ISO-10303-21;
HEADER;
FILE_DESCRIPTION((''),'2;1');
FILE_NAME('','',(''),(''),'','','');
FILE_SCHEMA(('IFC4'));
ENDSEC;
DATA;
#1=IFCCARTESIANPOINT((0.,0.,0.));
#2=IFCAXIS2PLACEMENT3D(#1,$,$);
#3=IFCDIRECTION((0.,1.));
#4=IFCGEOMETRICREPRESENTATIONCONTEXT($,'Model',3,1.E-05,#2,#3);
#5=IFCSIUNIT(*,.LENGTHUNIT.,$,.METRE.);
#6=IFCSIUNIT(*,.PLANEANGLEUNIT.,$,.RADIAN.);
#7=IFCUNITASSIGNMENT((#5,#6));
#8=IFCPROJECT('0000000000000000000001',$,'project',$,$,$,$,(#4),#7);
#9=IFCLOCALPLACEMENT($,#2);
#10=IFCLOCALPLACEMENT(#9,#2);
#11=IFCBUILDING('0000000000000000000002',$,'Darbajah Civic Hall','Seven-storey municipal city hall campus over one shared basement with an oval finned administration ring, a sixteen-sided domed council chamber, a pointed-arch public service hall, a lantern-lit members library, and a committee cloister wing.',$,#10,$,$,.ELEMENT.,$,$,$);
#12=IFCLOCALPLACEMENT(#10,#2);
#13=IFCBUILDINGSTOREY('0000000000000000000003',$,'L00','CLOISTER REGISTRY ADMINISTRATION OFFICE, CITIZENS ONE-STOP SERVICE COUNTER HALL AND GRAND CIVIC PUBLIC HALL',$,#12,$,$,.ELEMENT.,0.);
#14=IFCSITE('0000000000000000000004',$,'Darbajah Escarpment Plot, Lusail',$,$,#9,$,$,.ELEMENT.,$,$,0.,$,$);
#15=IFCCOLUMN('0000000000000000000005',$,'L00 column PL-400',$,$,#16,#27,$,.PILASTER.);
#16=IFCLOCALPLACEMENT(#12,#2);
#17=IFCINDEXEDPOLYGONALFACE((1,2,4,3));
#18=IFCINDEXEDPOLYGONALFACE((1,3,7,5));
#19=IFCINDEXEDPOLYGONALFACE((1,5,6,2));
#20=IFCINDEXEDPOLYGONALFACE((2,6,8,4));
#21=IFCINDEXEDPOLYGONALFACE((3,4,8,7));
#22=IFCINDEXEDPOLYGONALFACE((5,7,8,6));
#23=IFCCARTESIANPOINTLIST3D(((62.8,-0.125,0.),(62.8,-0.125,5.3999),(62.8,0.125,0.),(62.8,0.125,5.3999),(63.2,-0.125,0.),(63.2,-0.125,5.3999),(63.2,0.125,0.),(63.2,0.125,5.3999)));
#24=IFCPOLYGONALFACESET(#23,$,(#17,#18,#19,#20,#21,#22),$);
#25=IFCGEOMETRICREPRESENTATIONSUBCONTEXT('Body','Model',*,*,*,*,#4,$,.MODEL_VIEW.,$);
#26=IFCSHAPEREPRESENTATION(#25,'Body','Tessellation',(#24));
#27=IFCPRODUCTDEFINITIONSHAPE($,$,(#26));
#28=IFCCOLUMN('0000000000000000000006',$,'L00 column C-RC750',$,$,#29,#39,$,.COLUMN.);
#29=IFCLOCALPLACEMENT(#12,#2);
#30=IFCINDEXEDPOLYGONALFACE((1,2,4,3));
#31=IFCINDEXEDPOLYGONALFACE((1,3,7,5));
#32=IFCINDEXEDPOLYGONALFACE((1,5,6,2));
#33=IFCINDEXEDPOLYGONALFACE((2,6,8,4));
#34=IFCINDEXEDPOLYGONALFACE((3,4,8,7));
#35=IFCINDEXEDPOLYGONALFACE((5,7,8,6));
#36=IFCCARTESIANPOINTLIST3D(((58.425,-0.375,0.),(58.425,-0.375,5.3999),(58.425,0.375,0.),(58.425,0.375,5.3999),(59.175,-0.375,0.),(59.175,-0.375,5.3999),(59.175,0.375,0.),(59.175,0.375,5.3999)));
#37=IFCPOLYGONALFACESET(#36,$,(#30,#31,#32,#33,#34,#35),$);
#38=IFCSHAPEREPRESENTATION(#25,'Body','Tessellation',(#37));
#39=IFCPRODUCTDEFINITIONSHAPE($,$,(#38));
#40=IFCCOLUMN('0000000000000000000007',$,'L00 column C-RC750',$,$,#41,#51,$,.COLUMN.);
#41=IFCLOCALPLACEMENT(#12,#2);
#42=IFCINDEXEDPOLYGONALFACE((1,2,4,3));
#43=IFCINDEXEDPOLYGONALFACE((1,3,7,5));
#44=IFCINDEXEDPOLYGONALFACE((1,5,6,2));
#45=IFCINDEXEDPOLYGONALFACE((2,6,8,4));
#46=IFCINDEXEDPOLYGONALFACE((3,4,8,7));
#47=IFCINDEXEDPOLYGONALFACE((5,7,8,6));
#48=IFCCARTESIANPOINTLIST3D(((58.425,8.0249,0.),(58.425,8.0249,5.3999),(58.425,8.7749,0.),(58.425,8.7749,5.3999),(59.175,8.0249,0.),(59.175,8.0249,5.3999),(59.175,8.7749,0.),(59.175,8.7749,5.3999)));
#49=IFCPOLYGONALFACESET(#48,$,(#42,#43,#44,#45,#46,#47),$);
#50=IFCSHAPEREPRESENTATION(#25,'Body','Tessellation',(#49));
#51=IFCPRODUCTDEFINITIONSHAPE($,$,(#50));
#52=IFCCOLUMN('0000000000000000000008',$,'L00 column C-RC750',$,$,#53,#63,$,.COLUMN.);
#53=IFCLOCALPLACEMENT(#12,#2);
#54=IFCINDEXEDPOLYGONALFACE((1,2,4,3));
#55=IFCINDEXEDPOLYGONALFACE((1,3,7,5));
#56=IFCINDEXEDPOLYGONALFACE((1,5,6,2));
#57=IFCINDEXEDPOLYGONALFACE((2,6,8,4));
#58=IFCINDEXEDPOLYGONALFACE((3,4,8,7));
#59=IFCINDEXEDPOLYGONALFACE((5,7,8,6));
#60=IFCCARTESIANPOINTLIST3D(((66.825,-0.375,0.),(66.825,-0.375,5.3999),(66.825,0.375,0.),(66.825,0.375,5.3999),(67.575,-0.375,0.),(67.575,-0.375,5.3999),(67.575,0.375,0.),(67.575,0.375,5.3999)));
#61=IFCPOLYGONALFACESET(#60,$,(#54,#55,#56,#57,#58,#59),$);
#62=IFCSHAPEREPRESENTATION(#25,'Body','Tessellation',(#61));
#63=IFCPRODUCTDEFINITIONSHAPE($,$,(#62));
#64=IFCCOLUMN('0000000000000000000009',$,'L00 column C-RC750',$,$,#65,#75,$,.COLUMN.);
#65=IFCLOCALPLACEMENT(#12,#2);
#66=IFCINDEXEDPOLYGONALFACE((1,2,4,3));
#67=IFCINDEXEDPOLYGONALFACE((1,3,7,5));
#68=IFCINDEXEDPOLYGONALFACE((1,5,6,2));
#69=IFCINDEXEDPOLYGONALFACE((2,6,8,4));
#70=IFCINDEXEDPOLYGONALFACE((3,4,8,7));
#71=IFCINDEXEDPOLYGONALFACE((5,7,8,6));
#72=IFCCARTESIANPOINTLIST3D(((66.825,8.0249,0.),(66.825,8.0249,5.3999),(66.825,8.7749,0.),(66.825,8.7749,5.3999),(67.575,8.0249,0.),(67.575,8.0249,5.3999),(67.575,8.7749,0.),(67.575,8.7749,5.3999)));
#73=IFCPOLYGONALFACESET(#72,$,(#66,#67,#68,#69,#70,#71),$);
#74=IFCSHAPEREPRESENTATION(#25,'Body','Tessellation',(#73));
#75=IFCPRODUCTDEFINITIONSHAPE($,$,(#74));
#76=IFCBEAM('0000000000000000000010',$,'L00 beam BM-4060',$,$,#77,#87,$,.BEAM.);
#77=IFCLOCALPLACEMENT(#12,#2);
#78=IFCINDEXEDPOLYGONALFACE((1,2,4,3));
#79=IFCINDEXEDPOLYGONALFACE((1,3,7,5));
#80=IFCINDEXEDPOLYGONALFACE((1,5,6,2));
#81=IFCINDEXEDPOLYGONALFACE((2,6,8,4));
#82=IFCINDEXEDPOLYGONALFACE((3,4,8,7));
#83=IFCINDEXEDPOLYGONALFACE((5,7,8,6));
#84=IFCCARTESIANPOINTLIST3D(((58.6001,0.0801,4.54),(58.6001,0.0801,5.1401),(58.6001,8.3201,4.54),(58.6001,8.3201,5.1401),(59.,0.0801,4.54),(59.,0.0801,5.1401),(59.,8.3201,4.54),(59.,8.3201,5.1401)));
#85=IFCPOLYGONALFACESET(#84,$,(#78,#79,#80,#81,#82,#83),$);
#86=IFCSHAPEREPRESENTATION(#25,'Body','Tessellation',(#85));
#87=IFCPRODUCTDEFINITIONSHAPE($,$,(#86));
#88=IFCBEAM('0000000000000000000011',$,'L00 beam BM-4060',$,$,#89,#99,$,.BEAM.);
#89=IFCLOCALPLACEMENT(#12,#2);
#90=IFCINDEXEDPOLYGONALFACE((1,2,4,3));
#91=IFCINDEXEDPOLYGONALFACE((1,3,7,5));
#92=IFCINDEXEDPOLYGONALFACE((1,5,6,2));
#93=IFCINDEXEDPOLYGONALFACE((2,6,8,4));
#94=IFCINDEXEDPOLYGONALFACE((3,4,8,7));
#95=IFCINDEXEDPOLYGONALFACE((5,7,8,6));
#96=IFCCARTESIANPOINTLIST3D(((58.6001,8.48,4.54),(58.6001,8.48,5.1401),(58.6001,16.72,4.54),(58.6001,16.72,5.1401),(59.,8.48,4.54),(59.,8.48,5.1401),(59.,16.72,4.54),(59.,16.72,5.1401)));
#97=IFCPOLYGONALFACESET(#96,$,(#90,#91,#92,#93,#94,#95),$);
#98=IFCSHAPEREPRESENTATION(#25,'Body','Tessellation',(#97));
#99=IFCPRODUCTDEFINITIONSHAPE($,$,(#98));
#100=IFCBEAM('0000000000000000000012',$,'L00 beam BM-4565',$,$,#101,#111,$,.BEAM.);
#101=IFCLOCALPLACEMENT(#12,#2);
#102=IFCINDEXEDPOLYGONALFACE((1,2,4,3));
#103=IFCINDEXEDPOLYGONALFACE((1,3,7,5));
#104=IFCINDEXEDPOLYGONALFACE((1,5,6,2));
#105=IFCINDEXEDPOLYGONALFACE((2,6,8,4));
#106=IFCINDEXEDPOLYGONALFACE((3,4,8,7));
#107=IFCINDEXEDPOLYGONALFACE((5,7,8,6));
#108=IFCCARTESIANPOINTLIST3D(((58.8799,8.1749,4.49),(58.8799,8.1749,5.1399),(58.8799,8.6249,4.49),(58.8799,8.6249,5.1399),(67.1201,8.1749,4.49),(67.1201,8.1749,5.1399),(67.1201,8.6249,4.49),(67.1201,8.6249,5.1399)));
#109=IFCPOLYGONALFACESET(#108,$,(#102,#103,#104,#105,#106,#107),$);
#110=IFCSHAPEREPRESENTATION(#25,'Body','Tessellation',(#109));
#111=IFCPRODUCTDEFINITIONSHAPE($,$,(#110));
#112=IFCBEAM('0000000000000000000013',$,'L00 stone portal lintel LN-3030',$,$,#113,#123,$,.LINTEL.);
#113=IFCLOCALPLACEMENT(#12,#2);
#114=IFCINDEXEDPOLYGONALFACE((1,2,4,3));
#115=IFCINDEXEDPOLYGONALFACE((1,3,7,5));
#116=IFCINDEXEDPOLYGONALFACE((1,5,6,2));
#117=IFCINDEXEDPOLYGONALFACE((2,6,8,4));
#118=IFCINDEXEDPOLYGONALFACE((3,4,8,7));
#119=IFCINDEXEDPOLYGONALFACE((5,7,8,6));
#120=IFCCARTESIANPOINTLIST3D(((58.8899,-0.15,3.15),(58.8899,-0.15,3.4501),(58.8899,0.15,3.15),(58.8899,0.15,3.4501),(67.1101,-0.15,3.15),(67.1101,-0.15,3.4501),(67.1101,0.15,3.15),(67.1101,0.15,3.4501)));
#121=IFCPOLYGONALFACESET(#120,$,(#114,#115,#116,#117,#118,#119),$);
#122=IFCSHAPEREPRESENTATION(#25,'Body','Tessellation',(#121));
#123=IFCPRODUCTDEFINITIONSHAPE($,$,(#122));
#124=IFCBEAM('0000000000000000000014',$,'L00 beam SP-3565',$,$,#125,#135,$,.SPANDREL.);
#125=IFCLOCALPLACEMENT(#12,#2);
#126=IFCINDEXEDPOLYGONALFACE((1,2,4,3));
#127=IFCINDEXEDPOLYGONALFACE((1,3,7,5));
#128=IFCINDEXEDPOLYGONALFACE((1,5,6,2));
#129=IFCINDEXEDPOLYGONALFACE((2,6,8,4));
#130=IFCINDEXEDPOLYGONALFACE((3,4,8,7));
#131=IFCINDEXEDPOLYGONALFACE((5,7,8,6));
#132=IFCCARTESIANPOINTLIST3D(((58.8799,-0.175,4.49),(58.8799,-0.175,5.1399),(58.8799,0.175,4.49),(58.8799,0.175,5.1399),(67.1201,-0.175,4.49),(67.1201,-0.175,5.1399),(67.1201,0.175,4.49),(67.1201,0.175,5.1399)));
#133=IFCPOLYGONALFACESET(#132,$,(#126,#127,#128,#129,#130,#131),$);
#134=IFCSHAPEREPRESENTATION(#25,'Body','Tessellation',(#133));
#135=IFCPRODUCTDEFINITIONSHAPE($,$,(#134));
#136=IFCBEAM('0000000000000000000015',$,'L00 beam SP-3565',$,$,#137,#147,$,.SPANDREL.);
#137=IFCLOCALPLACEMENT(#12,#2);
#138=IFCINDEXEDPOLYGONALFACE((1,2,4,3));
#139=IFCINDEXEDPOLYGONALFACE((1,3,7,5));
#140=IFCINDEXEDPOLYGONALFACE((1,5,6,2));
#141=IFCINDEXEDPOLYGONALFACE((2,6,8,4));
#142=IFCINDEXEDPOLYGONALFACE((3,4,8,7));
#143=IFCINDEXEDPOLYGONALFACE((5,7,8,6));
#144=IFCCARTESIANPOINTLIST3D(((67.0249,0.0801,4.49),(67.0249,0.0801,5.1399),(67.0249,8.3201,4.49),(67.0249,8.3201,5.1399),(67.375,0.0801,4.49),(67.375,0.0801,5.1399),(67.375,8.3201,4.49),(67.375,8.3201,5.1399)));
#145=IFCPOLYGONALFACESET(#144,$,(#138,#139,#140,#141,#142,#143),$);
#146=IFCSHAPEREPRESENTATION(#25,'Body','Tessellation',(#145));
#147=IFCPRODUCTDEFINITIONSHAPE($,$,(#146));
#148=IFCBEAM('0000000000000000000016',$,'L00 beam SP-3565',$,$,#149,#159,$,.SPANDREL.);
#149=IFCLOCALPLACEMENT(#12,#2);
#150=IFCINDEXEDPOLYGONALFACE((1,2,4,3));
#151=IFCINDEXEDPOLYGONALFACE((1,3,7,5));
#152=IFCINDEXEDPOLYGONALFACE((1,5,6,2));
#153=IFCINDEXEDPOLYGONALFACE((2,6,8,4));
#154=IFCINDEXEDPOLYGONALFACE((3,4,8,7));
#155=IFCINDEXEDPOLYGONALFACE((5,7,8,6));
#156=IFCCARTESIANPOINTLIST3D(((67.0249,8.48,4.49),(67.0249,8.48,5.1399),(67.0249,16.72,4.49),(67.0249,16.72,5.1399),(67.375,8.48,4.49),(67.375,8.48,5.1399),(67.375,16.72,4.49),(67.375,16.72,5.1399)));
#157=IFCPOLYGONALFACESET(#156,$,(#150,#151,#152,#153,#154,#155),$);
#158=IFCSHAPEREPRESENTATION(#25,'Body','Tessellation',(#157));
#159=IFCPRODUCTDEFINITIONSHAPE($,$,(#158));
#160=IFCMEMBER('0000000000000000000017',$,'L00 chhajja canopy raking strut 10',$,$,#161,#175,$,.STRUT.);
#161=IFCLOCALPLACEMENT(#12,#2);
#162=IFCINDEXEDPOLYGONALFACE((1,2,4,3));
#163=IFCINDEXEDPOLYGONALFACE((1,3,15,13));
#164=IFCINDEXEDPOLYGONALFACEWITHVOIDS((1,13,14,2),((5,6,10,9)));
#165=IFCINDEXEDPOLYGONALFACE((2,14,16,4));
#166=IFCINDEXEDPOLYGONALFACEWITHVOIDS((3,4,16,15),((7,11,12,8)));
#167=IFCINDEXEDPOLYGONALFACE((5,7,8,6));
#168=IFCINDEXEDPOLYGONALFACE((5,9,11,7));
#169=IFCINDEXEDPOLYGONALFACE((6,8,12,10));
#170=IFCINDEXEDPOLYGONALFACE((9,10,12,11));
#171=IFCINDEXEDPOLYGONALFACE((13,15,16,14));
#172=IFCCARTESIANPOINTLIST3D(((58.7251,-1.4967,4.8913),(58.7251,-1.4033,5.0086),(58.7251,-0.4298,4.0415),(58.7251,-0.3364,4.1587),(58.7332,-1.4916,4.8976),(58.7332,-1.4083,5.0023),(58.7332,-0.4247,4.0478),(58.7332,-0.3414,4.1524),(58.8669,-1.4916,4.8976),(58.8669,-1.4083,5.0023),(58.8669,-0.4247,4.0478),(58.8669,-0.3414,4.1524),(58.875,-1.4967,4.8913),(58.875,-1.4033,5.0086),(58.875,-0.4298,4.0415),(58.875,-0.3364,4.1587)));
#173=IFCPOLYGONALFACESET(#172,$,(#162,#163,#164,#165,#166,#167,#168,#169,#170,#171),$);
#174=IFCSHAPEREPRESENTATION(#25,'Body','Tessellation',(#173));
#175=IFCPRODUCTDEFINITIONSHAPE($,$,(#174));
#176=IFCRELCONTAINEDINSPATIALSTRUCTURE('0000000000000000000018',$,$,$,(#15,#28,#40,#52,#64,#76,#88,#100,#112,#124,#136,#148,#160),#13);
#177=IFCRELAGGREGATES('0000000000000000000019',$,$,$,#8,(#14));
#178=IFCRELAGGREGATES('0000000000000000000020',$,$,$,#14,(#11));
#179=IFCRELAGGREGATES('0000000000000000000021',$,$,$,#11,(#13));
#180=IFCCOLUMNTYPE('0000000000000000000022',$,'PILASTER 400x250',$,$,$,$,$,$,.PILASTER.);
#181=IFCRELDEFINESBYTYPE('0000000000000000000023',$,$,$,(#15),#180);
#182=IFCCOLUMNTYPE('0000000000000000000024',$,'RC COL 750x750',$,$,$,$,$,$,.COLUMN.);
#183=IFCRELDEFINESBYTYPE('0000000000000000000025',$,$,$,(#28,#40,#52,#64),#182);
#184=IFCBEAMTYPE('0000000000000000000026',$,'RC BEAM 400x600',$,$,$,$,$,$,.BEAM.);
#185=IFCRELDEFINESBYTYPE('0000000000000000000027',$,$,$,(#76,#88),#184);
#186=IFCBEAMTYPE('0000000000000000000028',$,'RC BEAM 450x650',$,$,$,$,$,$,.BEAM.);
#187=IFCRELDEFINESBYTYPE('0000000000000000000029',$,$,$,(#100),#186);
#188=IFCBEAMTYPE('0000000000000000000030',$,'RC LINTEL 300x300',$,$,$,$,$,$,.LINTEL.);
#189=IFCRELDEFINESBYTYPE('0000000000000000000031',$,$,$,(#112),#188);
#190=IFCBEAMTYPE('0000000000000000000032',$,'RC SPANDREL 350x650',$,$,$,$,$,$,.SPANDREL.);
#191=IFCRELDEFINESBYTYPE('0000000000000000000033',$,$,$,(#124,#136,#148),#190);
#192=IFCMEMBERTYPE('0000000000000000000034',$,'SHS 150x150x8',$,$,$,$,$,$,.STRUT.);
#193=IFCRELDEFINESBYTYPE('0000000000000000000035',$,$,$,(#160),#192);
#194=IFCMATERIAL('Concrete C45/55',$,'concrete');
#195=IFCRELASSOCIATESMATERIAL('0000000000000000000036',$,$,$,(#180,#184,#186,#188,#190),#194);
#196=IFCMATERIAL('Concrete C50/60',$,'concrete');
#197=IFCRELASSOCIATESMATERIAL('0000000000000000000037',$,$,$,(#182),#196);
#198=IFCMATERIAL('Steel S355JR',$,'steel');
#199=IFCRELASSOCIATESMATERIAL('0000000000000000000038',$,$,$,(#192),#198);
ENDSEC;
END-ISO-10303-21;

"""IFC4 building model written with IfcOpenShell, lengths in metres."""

from ifc_helpers import new_model, si_unit, direction, frame, origin, origin_2d, place, context, subcontext, project, spatial, rectangle, hollow_rectangle, extrude, material, material_profile, profile_set, type_object, element, save


model = new_model("IFC4")

# Units and contexts
model_context = context("Model", 3, precision=1e-05, world=origin(), true_north=direction((0.0, 1.0)))
body_context = subcontext(model_context, "Body", "Model", "MODEL_VIEW")
ifc_project = project(units=[si_unit("LENGTHUNIT", "METRE"), si_unit("PLANEANGLEUNIT", "RADIAN")], contexts=[model_context])

# Site, building, storey
site_placement = place(None, origin())
site = spatial("IfcSite", under=ifc_project, at=site_placement, Name="Darbajah Escarpment Plot, Lusail", CompositionType="ELEMENT", RefElevation=0.0)
building_placement = place(site_placement, origin())
building = spatial("IfcBuilding", under=site, at=building_placement, Name="Darbajah Civic Hall", Description="Seven-storey municipal city hall campus over one shared basement with an oval finned administration ring, a sixteen-sided domed council chamber, a pointed-arch public service hall, a lantern-lit members library, and a committee cloister wing.", CompositionType="ELEMENT")
storey_placement = place(building_placement, origin())
storey = spatial("IfcBuildingStorey", under=building, at=storey_placement, Name="L00", Description="CLOISTER REGISTRY ADMINISTRATION OFFICE, CITIZENS ONE-STOP SERVICE COUNTER HALL AND GRAND CIVIC PUBLIC HALL", CompositionType="ELEMENT", Elevation=0.0)

# Columns
ifc_material_1 = material(Name="Concrete C45/55", Category="concrete")
ifc_material_profile_1 = material_profile(ifc_material_1, rectangle(XDim=0.3999, YDim=0.25, at=origin_2d()), Name="PILASTER 400x250")
ifc_profile_set_1 = profile_set([ifc_material_profile_1], Name="Concrete C45/55")
column_type_1 = type_object("IfcColumnType", Name="PILASTER 400x250", PredefinedType="PILASTER", material=ifc_profile_set_1)
column_placement = place(storey_placement, frame((63.0, 0.0, 0.0), z_axis=(0.0, 0.0, 1.0), x_axis=(1.0, 0.0, 0.0)))
element("IfcColumn", 1, at=column_placement, inside=storey, type_object=column_type_1, Name="L00 column PL-400", PredefinedType="PILASTER", context=body_context, shape_type="SweptSolid", body=[
    extrude(rectangle(XDim=0.3999, YDim=0.25, at=origin_2d()), origin(), (0.0, 0.0, 1.0), 5.3999),
])
ifc_material_2 = material(Name="Concrete C50/60", Category="concrete")
ifc_material_profile_2 = material_profile(ifc_material_2, rectangle(XDim=0.75, YDim=0.75, at=origin_2d()), Name="RC COL 750x750")
ifc_profile_set_2 = profile_set([ifc_material_profile_2], Name="Concrete C50/60")
column_type_2 = type_object("IfcColumnType", Name="RC COL 750x750", PredefinedType="COLUMN", material=ifc_profile_set_2)
for number, where, z_axis, x_axis, name in (
    (2, (58.8, 0.0, 0.0), (0.0, 0.0, 1.0), (1.0, 0.0, 0.0), "L00 column C-RC750"),
    (3, (58.8, 8.3999, 0.0), (0.0, 0.0, 1.0), (1.0, 0.0, 0.0), "L00 column C-RC750"),
    (4, (67.2, 0.0, 0.0), (0.0, 0.0, 1.0), (1.0, 0.0, 0.0), "L00 column C-RC750"),
    (5, (67.2, 8.3999, 0.0), (0.0, 0.0, 1.0), (1.0, 0.0, 0.0), "L00 column C-RC750"),
):
    element("IfcColumn", number, at=place(storey_placement, frame(where, z_axis=z_axis, x_axis=x_axis)), inside=storey, type_object=column_type_2, Name=name, PredefinedType="COLUMN", context=body_context, shape_type="SweptSolid", body=[
        extrude(rectangle(XDim=0.75, YDim=0.75, at=origin_2d()), origin(), (0.0, 0.0, 1.0), 5.3999),
    ])

# Beams
ifc_material_profile_3 = material_profile(ifc_material_1, rectangle(XDim=0.3999, YDim=0.6001, at=origin_2d()), Name="RC BEAM 400x600")
ifc_profile_set_3 = profile_set([ifc_material_profile_3], Name="Concrete C45/55")
beam_type_1 = type_object("IfcBeamType", Name="RC BEAM 400x600", PredefinedType="BEAM", material=ifc_profile_set_3)
for number, where, z_axis, x_axis, name in (
    (6, (58.8, 0.0801, 4.8401), (0.0, 1.0, 0.0), (-1.0, 0.0, 0.0), "L00 beam BM-4060"),
    (7, (58.8, 8.48, 4.8401), (0.0, 1.0, 0.0), (-1.0, 0.0, 0.0), "L00 beam BM-4060"),
):
    element("IfcBeam", number, at=place(storey_placement, frame(where, z_axis=z_axis, x_axis=x_axis)), inside=storey, type_object=beam_type_1, Name=name, PredefinedType="BEAM", context=body_context, shape_type="SweptSolid", body=[
        extrude(rectangle(XDim=0.3999, YDim=0.6001, at=origin_2d()), origin(), (0.0, 0.0, 1.0), 8.24),
    ])
ifc_material_profile_4 = material_profile(ifc_material_1, rectangle(XDim=0.45, YDim=0.6499, at=origin_2d()), Name="RC BEAM 450x650")
ifc_profile_set_4 = profile_set([ifc_material_profile_4], Name="Concrete C45/55")
beam_type_2 = type_object("IfcBeamType", Name="RC BEAM 450x650", PredefinedType="BEAM", material=ifc_profile_set_4)
beam_1_placement = place(storey_placement, frame((58.8799, 8.3999, 4.8149), z_axis=(1.0, 0.0, 0.0), x_axis=(0.0, 1.0, 0.0)))
element("IfcBeam", 8, at=beam_1_placement, inside=storey, type_object=beam_type_2, Name="L00 beam BM-4565", PredefinedType="BEAM", context=body_context, shape_type="SweptSolid", body=[
    extrude(rectangle(XDim=0.45, YDim=0.6499, at=origin_2d()), origin(), (0.0, 0.0, 1.0), 8.2402),
])
ifc_material_profile_5 = material_profile(ifc_material_1, rectangle(XDim=0.3, YDim=0.3, at=origin_2d()), Name="RC LINTEL 300x300")
ifc_profile_set_5 = profile_set([ifc_material_profile_5], Name="Concrete C45/55")
beam_type_3 = type_object("IfcBeamType", Name="RC LINTEL 300x300", PredefinedType="LINTEL", material=ifc_profile_set_5)
beam_2_placement = place(storey_placement, frame((58.8899, 0.0, 3.3), z_axis=(1.0, 0.0, 0.0), x_axis=(0.0, 1.0, 0.0)))
element("IfcBeam", 9, at=beam_2_placement, inside=storey, type_object=beam_type_3, Name="L00 stone portal lintel LN-3030", PredefinedType="LINTEL", context=body_context, shape_type="SweptSolid", body=[
    extrude(rectangle(XDim=0.3, YDim=0.3, at=origin_2d()), origin(), (0.0, 0.0, 1.0), 8.2202),
])
ifc_material_profile_6 = material_profile(ifc_material_1, rectangle(XDim=0.3501, YDim=0.6499, at=origin_2d()), Name="RC SPANDREL 350x650")
ifc_profile_set_6 = profile_set([ifc_material_profile_6], Name="Concrete C45/55")
beam_type_4 = type_object("IfcBeamType", Name="RC SPANDREL 350x650", PredefinedType="SPANDREL", material=ifc_profile_set_6)
beam_3_placement = place(storey_placement, frame((58.8799, 0.0, 4.8149), z_axis=(1.0, 0.0, 0.0), x_axis=(0.0, 1.0, 0.0)))
element("IfcBeam", 10, at=beam_3_placement, inside=storey, type_object=beam_type_4, Name="L00 beam SP-3565", PredefinedType="SPANDREL", context=body_context, shape_type="SweptSolid", body=[
    extrude(rectangle(XDim=0.3501, YDim=0.6499, at=origin_2d()), origin(), (0.0, 0.0, 1.0), 8.2402),
])
for number, where, z_axis, x_axis, name in (
    (11, (67.2, 0.0801, 4.8149), (0.0, 1.0, 0.0), (-1.0, 0.0, 0.0), "L00 beam SP-3565"),
    (12, (67.2, 8.48, 4.8149), (0.0, 1.0, 0.0), (-1.0, 0.0, 0.0), "L00 beam SP-3565"),
):
    element("IfcBeam", number, at=place(storey_placement, frame(where, z_axis=z_axis, x_axis=x_axis)), inside=storey, type_object=beam_type_4, Name=name, PredefinedType="SPANDREL", context=body_context, shape_type="SweptSolid", body=[
        extrude(rectangle(XDim=0.3501, YDim=0.6499, at=origin_2d()), origin(), (0.0, 0.0, 1.0), 8.24),
    ])

# Member
ifc_material_3 = material(Name="Steel S355JR", Category="steel")
ifc_material_profile_7 = material_profile(ifc_material_3, hollow_rectangle(XDim=0.1499, YDim=0.1499, WallThickness=0.0081, at=origin_2d()), Name="SHS 150x150x8")
ifc_profile_set_7 = profile_set([ifc_material_profile_7], Name="Steel S355JR")
member_type = type_object("IfcMemberType", Name="SHS 150x150x8", PredefinedType="STRUT", material=ifc_profile_set_7)
member_placement = place(storey_placement, frame((58.8, -0.3831, 4.1001), z_axis=(0.0, -0.782177, 0.623057), x_axis=(1.0, 0.0, 0.0)))
element("IfcMember", 13, at=member_placement, inside=storey, type_object=member_type, Name="L00 chhajja canopy raking strut 10", PredefinedType="STRUT", context=body_context, shape_type="SweptSolid", body=[
    extrude(hollow_rectangle(XDim=0.1499, YDim=0.1499, WallThickness=0.0081, at=origin_2d()), origin(), (0.0, 0.0, 1.0), 1.364),
])

save(model, "model.ifc")
